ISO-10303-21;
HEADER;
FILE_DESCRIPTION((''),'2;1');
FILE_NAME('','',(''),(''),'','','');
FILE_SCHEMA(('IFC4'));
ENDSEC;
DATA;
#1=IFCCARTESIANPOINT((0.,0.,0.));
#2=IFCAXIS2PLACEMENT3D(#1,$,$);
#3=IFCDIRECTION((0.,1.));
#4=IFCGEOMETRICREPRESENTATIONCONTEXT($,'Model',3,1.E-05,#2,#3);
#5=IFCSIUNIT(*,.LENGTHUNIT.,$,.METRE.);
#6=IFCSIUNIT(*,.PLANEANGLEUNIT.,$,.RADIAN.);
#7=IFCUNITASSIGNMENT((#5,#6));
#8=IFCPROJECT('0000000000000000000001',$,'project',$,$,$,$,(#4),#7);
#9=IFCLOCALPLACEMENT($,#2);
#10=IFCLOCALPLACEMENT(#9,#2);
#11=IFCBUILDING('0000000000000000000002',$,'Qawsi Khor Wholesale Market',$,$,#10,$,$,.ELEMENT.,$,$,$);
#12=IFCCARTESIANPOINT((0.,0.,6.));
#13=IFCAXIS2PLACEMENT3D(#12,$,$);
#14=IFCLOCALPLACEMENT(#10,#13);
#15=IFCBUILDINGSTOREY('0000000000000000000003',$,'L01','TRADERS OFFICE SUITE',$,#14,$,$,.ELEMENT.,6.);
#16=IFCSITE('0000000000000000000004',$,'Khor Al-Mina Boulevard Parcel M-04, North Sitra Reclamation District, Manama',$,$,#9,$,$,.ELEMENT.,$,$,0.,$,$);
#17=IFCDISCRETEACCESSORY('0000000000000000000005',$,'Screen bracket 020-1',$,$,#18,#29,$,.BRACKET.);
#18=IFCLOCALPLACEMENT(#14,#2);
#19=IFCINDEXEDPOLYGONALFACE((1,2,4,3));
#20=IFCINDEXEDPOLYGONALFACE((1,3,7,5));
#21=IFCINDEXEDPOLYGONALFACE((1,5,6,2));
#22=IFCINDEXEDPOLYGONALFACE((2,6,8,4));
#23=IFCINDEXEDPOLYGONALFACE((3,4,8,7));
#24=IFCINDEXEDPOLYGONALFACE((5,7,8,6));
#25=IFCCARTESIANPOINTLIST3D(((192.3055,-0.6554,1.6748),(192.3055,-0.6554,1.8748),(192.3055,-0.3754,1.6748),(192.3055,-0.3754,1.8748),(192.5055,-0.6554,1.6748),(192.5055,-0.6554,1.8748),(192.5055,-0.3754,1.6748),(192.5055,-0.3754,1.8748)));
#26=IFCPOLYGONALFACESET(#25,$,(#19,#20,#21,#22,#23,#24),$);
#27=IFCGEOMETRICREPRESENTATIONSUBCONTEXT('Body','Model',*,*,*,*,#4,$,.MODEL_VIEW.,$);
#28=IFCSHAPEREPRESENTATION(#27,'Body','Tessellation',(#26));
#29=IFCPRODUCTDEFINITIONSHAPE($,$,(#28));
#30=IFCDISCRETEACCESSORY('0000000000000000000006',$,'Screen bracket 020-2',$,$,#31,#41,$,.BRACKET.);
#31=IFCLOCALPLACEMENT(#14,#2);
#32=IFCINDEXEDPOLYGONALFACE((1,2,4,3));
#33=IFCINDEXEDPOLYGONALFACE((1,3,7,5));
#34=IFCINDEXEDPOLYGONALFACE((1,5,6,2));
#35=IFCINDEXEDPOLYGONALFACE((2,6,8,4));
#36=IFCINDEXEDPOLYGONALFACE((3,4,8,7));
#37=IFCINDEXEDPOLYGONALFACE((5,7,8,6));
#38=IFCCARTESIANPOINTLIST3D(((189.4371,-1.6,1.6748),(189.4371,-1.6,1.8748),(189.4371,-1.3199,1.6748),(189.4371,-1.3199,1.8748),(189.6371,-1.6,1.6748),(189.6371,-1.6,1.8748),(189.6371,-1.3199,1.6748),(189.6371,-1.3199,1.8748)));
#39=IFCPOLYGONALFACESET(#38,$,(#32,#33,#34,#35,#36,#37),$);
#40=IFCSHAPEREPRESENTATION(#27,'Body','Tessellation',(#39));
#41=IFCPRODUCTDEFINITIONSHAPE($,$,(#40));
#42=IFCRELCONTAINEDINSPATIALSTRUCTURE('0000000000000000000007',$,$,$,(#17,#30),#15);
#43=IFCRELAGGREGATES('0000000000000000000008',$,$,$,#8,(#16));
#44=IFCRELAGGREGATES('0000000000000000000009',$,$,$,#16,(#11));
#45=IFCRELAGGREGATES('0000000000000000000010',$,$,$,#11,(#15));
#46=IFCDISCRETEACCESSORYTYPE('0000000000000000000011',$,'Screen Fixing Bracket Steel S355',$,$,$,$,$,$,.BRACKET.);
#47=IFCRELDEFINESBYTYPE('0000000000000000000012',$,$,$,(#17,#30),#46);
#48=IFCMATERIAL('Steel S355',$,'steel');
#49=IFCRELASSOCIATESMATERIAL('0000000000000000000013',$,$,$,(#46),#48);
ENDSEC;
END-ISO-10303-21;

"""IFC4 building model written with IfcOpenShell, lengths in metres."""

from ifc_helpers import new_model, si_unit, direction, frame, origin, origin_2d, place, context, subcontext, project, spatial, rectangle, extrude, material, type_object, element, save


model = new_model("IFC4")

# Units and contexts
model_context = context("Model", 3, precision=1e-05, world=origin(), true_north=direction((0.0, 1.0)))
body_context = subcontext(model_context, "Body", "Model", "MODEL_VIEW")
ifc_project = project(units=[si_unit("LENGTHUNIT", "METRE"), si_unit("PLANEANGLEUNIT", "RADIAN")], contexts=[model_context])

# Site, building, storey
site_placement = place(None, origin())
site = spatial("IfcSite", under=ifc_project, at=site_placement, Name="Khor Al-Mina Boulevard Parcel M-04, North Sitra Reclamation District, Manama", CompositionType="ELEMENT", RefElevation=0.0)
building_placement = place(site_placement, origin())
building = spatial("IfcBuilding", under=site, at=building_placement, Name="Qawsi Khor Wholesale Market", CompositionType="ELEMENT")
storey_placement = place(building_placement, frame((0.0, 0.0, 6.0)))
storey = spatial("IfcBuildingStorey", under=building, at=storey_placement, Name="L01", Description="TRADERS OFFICE SUITE", CompositionType="ELEMENT", Elevation=6.0)

# Shared definitions
ifc_material_1 = material(Name="Steel S355", Category="steel")

# Discrete accessories
discrete_accessory_type = type_object("IfcDiscreteAccessoryType", Name="Screen Fixing Bracket Steel S355", PredefinedType="BRACKET", material=ifc_material_1)
for number, where, z_axis, x_axis, name in (
    (1, (192.4055, -0.5154, 1.6748), (0.0, 0.0, 1.0), (1.0, 0.0, 0.0), "Screen bracket 020-1"),
    (2, (189.5371, -1.46, 1.6748), (0.0, 0.0, 1.0), (1.0, 0.0, 0.0), "Screen bracket 020-2"),
):
    element("IfcDiscreteAccessory", number, at=place(storey_placement, frame(where, z_axis=z_axis, x_axis=x_axis)), inside=storey, type_object=discrete_accessory_type, Name=name, PredefinedType="BRACKET", context=body_context, shape_type="SweptSolid", body=[
        extrude(rectangle(XDim=0.2, YDim=0.28, at=origin_2d()), origin(), (0.0, 0.0, 1.0), 0.2),
    ])

save(model, "model.ifc")
